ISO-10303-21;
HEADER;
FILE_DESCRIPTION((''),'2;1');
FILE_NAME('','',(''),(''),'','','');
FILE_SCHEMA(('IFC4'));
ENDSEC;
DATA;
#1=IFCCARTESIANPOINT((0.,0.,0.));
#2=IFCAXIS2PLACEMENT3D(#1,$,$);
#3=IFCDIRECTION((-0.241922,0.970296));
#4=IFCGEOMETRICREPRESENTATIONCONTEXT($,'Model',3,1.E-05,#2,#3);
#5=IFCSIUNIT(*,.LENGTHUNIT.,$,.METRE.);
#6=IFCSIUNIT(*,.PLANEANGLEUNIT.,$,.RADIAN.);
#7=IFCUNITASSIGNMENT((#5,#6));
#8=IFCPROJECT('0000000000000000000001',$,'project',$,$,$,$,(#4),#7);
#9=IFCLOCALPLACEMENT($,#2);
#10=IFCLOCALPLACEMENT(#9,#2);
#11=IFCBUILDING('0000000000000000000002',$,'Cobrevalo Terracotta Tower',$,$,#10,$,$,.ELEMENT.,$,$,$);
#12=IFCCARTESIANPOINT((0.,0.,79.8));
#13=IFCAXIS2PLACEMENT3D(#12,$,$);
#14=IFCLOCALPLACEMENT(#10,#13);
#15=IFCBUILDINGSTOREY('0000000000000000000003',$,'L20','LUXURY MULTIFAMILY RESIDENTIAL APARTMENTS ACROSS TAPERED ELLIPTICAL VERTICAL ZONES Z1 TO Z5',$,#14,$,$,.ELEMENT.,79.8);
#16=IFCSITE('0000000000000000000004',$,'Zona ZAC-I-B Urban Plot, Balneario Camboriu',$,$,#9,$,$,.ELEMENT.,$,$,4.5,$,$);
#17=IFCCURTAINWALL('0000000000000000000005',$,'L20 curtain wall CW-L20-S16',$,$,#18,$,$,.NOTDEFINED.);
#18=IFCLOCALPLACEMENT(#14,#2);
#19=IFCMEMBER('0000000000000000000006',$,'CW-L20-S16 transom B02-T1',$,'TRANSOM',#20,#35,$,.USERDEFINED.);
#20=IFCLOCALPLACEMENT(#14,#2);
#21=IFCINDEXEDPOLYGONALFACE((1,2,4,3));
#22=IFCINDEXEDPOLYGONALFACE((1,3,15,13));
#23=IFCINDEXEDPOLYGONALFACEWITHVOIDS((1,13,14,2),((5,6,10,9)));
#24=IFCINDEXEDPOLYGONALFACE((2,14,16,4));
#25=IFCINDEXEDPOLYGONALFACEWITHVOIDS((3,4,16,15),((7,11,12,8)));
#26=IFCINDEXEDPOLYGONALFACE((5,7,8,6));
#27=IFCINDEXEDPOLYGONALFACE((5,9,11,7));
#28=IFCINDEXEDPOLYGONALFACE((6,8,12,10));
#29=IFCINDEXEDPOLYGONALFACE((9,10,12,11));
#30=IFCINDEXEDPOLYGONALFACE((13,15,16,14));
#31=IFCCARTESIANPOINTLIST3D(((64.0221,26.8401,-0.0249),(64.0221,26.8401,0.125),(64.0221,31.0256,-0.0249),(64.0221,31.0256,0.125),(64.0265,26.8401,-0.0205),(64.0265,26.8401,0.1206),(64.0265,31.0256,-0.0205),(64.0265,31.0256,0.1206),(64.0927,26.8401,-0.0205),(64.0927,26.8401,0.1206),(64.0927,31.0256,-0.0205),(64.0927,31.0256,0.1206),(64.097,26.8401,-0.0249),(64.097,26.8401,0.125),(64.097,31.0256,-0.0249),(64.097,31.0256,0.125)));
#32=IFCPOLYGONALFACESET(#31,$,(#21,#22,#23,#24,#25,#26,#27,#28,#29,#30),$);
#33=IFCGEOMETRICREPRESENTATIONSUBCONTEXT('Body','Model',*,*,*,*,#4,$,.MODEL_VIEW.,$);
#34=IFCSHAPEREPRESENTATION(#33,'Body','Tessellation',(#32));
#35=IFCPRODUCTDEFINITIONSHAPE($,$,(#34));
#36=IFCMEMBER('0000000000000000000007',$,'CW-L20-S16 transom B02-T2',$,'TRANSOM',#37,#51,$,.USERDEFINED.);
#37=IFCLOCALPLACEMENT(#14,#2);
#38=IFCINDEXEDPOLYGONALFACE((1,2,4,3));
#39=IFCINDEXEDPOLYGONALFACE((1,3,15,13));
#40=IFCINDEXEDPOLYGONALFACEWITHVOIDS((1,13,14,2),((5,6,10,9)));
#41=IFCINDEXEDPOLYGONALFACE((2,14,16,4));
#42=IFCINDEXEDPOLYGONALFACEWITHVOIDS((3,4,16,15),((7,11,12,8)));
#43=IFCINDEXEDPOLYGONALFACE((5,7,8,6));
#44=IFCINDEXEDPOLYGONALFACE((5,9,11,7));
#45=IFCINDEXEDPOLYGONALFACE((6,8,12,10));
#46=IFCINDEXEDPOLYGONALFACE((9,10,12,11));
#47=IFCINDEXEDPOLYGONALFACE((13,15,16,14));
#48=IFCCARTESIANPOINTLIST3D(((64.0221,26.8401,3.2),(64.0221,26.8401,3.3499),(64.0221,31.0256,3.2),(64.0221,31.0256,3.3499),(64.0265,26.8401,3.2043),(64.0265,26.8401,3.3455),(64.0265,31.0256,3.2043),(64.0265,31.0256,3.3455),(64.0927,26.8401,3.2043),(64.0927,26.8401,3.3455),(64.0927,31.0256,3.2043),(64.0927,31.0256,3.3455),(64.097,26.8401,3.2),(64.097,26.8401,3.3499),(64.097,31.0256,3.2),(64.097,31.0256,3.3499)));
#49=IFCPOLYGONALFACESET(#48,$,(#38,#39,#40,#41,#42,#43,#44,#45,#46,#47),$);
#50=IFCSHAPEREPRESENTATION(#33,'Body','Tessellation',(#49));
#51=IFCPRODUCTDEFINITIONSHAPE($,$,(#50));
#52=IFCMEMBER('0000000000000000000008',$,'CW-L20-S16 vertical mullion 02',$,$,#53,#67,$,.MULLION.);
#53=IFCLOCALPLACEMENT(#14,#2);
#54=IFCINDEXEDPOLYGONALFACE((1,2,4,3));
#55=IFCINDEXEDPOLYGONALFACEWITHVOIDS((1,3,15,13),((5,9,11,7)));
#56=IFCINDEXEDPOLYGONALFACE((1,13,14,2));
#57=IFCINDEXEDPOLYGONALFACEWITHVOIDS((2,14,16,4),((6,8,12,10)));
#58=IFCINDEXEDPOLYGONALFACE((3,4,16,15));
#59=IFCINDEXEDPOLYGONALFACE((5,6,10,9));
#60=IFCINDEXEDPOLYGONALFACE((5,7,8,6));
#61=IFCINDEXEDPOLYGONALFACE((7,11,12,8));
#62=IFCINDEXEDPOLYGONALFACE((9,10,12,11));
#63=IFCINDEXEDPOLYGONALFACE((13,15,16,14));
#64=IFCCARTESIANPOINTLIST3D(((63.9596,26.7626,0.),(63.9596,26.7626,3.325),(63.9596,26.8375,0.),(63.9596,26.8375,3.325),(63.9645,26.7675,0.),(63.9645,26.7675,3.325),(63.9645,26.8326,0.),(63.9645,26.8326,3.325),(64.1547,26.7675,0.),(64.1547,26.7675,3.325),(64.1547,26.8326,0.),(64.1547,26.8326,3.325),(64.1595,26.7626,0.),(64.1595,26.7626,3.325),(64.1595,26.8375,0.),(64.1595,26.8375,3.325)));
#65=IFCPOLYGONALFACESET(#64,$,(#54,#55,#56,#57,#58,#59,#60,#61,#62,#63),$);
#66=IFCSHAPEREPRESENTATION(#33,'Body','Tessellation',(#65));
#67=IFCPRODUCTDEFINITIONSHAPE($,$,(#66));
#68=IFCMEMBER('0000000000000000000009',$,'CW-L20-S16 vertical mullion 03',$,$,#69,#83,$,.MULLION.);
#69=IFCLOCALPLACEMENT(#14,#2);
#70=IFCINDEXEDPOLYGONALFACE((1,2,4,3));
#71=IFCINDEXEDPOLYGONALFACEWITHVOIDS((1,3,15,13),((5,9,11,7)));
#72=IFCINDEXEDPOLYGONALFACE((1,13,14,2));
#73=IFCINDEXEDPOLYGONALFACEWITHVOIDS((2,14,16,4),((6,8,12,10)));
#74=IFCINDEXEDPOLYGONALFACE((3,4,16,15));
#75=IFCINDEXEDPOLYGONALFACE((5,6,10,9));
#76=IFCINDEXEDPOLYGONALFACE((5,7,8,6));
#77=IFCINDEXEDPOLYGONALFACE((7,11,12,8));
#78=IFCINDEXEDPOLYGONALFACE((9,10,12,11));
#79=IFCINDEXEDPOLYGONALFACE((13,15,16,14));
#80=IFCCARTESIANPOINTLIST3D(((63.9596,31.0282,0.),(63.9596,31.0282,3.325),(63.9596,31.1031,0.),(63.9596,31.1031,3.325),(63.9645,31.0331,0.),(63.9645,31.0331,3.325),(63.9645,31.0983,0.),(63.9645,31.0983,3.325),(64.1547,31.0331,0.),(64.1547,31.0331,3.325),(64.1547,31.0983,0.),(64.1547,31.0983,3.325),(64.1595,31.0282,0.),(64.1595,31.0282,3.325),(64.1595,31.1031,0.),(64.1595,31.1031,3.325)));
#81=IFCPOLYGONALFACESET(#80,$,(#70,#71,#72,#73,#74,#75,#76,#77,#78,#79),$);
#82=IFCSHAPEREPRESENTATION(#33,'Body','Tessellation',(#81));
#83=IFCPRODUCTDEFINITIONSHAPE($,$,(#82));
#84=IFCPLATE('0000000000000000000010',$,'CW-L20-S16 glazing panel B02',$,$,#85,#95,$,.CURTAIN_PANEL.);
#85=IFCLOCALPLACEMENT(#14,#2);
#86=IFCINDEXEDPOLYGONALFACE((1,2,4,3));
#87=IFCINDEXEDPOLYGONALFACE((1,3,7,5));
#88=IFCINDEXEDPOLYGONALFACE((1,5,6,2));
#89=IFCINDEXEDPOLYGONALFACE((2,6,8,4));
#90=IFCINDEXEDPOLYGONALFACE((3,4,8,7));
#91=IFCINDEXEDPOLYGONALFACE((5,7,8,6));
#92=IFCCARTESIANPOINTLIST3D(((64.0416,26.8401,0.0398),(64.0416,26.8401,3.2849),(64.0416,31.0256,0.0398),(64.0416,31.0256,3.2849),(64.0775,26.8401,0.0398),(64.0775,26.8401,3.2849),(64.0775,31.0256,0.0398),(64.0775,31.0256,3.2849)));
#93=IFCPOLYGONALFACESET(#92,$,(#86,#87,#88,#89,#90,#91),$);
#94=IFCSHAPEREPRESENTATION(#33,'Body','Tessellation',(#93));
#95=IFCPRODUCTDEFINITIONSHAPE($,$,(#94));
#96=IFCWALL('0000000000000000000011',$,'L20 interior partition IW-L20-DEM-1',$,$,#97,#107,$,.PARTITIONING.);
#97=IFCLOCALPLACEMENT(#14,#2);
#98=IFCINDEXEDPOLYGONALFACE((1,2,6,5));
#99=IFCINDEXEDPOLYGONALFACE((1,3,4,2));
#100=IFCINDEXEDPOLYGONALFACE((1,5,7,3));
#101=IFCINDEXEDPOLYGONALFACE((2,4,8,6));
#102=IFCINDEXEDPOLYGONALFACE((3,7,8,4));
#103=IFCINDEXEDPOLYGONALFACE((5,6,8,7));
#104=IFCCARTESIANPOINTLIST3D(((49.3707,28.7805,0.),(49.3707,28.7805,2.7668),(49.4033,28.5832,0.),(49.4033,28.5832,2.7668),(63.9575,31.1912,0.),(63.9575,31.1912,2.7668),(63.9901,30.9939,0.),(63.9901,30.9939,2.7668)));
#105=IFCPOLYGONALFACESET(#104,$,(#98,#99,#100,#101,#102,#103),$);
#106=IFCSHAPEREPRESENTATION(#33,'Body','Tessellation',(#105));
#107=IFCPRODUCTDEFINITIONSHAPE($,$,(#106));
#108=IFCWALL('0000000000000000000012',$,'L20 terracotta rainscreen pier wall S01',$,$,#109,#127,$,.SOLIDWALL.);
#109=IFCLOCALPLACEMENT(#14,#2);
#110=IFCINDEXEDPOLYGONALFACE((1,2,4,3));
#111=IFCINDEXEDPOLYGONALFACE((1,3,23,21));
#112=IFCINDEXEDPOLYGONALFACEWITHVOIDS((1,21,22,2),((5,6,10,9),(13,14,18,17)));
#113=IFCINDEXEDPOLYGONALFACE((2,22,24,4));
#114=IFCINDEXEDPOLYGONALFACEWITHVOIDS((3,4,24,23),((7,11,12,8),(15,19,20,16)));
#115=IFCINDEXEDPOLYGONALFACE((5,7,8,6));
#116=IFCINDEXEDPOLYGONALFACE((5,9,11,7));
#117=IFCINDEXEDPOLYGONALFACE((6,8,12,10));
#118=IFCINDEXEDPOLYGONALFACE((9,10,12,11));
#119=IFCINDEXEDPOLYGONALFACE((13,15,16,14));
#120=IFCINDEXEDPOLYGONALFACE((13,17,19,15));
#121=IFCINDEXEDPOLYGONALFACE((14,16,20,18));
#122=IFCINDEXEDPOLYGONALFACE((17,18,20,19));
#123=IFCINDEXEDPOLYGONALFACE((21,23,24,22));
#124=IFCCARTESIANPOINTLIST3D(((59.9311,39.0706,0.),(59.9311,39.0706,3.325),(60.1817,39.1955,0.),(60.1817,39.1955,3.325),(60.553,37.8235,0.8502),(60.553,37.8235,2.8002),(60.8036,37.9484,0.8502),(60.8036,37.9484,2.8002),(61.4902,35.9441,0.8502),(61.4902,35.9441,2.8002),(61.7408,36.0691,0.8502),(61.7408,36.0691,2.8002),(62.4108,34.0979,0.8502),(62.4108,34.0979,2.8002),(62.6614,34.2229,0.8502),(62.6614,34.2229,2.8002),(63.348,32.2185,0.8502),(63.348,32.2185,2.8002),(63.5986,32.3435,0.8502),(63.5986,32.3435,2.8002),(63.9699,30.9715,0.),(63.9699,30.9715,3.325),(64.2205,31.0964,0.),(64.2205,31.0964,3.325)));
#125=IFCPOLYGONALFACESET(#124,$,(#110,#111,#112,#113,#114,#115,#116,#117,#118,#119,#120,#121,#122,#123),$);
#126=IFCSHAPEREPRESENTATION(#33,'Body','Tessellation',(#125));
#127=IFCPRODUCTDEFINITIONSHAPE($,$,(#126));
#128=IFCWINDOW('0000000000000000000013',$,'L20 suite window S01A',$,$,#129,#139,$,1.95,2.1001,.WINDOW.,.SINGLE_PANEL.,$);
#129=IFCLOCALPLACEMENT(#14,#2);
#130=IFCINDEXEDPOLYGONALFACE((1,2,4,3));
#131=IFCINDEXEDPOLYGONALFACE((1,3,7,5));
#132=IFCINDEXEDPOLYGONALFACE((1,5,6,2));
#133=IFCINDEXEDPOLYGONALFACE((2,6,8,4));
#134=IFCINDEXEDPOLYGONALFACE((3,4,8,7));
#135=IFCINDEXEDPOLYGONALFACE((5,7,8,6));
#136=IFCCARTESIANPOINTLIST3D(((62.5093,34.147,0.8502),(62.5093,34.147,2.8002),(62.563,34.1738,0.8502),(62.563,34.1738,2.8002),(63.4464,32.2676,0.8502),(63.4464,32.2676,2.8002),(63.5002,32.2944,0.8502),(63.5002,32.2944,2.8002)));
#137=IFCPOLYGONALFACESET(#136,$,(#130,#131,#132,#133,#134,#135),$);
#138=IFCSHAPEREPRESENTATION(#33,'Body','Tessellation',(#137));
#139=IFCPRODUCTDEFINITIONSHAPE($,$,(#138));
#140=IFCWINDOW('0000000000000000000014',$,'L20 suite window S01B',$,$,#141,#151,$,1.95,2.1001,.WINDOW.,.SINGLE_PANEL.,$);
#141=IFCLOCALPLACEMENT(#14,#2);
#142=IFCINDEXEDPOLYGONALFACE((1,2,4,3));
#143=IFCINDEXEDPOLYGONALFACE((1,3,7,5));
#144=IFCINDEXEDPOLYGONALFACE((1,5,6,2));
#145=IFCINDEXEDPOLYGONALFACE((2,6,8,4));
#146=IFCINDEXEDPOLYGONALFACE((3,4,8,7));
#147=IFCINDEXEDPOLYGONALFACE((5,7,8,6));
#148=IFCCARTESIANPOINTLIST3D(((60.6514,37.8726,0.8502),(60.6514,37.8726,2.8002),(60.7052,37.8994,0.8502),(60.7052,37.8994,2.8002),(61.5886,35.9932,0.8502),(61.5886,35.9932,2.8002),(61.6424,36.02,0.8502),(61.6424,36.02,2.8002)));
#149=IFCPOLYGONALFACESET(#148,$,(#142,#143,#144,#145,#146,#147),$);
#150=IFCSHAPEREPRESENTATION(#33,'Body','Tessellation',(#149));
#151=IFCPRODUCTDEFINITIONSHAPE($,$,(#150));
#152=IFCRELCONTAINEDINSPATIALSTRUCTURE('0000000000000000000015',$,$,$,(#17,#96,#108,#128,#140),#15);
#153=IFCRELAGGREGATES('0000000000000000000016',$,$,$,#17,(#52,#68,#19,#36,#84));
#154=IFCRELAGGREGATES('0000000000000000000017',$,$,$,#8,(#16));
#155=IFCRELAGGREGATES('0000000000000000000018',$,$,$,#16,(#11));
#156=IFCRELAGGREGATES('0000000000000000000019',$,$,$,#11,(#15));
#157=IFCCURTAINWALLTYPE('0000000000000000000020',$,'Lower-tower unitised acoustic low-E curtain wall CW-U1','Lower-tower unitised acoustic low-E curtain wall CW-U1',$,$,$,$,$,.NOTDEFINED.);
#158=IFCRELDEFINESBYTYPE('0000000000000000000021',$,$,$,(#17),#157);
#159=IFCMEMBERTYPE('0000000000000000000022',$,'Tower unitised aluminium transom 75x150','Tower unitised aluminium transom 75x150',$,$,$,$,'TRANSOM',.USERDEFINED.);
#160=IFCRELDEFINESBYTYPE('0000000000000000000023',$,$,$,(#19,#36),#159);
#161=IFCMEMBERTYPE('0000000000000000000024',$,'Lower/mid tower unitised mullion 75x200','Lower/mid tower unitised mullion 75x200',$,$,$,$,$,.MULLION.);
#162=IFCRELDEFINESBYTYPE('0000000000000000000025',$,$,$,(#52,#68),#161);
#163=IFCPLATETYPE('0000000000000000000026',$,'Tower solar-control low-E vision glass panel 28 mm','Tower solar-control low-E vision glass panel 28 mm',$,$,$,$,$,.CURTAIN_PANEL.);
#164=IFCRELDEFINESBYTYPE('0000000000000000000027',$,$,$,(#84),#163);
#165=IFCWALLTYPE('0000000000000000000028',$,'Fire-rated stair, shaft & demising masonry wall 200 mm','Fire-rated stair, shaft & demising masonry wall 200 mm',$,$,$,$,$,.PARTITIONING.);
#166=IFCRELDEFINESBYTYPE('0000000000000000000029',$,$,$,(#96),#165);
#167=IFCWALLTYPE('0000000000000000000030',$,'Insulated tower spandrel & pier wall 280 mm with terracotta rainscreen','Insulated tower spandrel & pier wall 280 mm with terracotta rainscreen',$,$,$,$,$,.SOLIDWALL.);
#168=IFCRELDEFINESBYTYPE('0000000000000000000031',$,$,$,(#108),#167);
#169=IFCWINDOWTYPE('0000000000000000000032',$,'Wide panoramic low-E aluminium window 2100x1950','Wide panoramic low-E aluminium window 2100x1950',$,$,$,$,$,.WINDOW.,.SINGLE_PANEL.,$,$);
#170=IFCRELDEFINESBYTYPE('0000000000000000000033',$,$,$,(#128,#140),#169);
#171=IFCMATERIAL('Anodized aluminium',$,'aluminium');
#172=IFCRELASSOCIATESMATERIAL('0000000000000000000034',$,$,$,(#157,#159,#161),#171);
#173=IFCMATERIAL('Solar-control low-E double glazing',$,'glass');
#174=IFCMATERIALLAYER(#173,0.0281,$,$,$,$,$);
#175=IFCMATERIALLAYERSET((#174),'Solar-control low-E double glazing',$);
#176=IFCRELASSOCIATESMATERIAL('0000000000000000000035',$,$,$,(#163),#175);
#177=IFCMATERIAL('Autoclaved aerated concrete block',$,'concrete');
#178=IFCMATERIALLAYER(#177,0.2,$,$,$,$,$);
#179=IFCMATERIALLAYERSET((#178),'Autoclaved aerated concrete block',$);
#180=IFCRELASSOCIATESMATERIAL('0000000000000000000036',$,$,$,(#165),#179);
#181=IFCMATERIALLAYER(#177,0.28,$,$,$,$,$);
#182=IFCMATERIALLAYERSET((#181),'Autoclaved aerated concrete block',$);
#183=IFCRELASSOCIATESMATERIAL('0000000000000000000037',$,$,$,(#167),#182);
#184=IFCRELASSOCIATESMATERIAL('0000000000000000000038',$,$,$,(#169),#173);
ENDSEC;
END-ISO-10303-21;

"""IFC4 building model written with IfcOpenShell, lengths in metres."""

from ifc_helpers import new_model, si_unit, direction, frame, frame_2d, origin, origin_2d, place, context, subcontext, project, spatial, rectangle, hollow_rectangle, extrude, source, transform, mapped, material, layer, layer_set, material_profile, profile_set, type_object, element, fill, aggregate, save


model = new_model("IFC4")

# Units and contexts
model_context = context("Model", 3, precision=1e-05, world=origin(), true_north=direction((-0.241922, 0.970296)))
body_context = subcontext(model_context, "Body", "Model", "MODEL_VIEW")
ifc_project = project(units=[si_unit("LENGTHUNIT", "METRE"), si_unit("PLANEANGLEUNIT", "RADIAN")], contexts=[model_context])

# Site, building, storey
site_placement = place(None, origin())
site = spatial("IfcSite", under=ifc_project, at=site_placement, Name="Zona ZAC-I-B Urban Plot, Balneario Camboriu", CompositionType="ELEMENT", RefElevation=4.5)
building_placement = place(site_placement, origin())
building = spatial("IfcBuilding", under=site, at=building_placement, Name="Cobrevalo Terracotta Tower", CompositionType="ELEMENT")
storey_placement = place(building_placement, frame((0.0, 0.0, 79.8)))
storey = spatial("IfcBuildingStorey", under=building, at=storey_placement, Name="L20", Description="LUXURY MULTIFAMILY RESIDENTIAL APARTMENTS ACROSS TAPERED ELLIPTICAL VERTICAL ZONES Z1 TO Z5", CompositionType="ELEMENT", Elevation=79.8)

# Curtain wall, members, plate
ifc_material_1 = material(Name="Anodized aluminium", Category="aluminium")
curtain_wall_type = type_object("IfcCurtainWallType", Name="Lower-tower unitised acoustic low-E curtain wall CW-U1", Description="Lower-tower unitised acoustic low-E curtain wall CW-U1", PredefinedType="NOTDEFINED", material=ifc_material_1)
curtain_wall_placement = place(storey_placement, origin())
curtain_wall = element("IfcCurtainWall", 1, at=curtain_wall_placement, inside=storey, type_object=curtain_wall_type, Name="L20 curtain wall CW-L20-S16", PredefinedType="NOTDEFINED")
ifc_material_profile_1 = material_profile(ifc_material_1, hollow_rectangle(XDim=0.075, YDim=0.1499, WallThickness=0.0044, at=origin_2d()), Name="CWT 75x150")
ifc_profile_set_1 = profile_set([ifc_material_profile_1], Name="Anodized aluminium")
member_type_1 = type_object("IfcMemberType", Name="Tower unitised aluminium transom 75x150", Description="Tower unitised aluminium transom 75x150", ElementType="TRANSOM", PredefinedType="USERDEFINED", material=ifc_profile_set_1)
shared_shape_1 = source(origin(), body_context, "Body", "SweptSolid", [
    extrude(hollow_rectangle(XDim=0.075, YDim=0.1499, WallThickness=0.0044, at=origin_2d()), origin(), (0.0, 0.0, 1.0), 4.1855),
])
member_1_placement = place(storey_placement, frame((64.0596, 26.8401, 0.05), z_axis=(0.0, 1.0, 0.0), x_axis=(-1.0, 0.0, 0.0)))
member_1 = element("IfcMember", 2, at=member_1_placement, type_object=member_type_1, Name="CW-L20-S16 transom B02-T1", ObjectType="TRANSOM", PredefinedType="USERDEFINED", context=body_context, shape_type="MappedRepresentation", body=[
    mapped(shared_shape_1, transform((0.0, 0.0, 0.0), scale=1.0)),
])
member_2_placement = place(storey_placement, frame((64.0596, 26.8401, 3.2749), z_axis=(0.0, 1.0, 0.0), x_axis=(-1.0, 0.0, 0.0)))
member_2 = element("IfcMember", 3, at=member_2_placement, type_object=member_type_1, Name="CW-L20-S16 transom B02-T2", ObjectType="TRANSOM", PredefinedType="USERDEFINED", context=body_context, shape_type="MappedRepresentation", body=[
    mapped(shared_shape_1, transform((0.0, 0.0, 0.0), scale=1.0)),
])
ifc_material_profile_2 = material_profile(ifc_material_1, hollow_rectangle(XDim=0.075, YDim=0.2, WallThickness=0.0049, at=origin_2d()), Name="CWM 75x200")
ifc_profile_set_2 = profile_set([ifc_material_profile_2], Name="Anodized aluminium")
member_type_2 = type_object("IfcMemberType", Name="Lower/mid tower unitised mullion 75x200", Description="Lower/mid tower unitised mullion 75x200", PredefinedType="MULLION", material=ifc_profile_set_2)
shared_shape_2 = source(origin(), body_context, "Body", "SweptSolid", [
    extrude(hollow_rectangle(XDim=0.075, YDim=0.2, WallThickness=0.0049, at=origin_2d()), origin(), (0.0, 0.0, 1.0), 3.325),
])
member_3_placement = place(storey_placement, frame((64.0596, 26.8, 0.0), z_axis=(0.0, 0.0, 1.0), x_axis=(0.0, 1.0, 0.0)))
member_3 = element("IfcMember", 4, at=member_3_placement, type_object=member_type_2, Name="CW-L20-S16 vertical mullion 02", PredefinedType="MULLION", context=body_context, shape_type="MappedRepresentation", body=[
    mapped(shared_shape_2, transform((0.0, 0.0, 0.0), scale=1.0)),
])
member_4_placement = place(storey_placement, frame((64.0596, 31.0657, 0.0), z_axis=(0.0, 0.0, 1.0), x_axis=(0.0, 1.0, 0.0)))
member_4 = element("IfcMember", 5, at=member_4_placement, type_object=member_type_2, Name="CW-L20-S16 vertical mullion 03", PredefinedType="MULLION", context=body_context, shape_type="MappedRepresentation", body=[
    mapped(shared_shape_2, transform((0.0, 0.0, 0.0), scale=1.0)),
])
ifc_material_2 = material(Name="Solar-control low-E double glazing", Category="glass")
ifc_layer_1 = layer(ifc_material_2, 0.0281)
ifc_layer_set_1 = layer_set([ifc_layer_1], Name="Solar-control low-E double glazing")
plate_type = type_object("IfcPlateType", Name="Tower solar-control low-E vision glass panel 28 mm", Description="Tower solar-control low-E vision glass panel 28 mm", PredefinedType="CURTAIN_PANEL", material=ifc_layer_set_1)
shared_shape_3 = source(origin(), body_context, "Body", "SweptSolid", [
    extrude(rectangle(XDim=4.1855, YDim=0.0359, at=origin_2d()), origin(), (0.0, 0.0, 1.0), 3.2451),
])
plate_placement = place(storey_placement, frame((64.0596, 28.9329, 0.0398), z_axis=(0.0, 0.0, 1.0), x_axis=(0.0, 1.0, 0.0)))
plate = element("IfcPlate", 6, at=plate_placement, type_object=plate_type, Name="CW-L20-S16 glazing panel B02", PredefinedType="CURTAIN_PANEL", context=body_context, shape_type="MappedRepresentation", body=[
    mapped(shared_shape_3, transform((0.0, 0.0, 0.0), scale=1.0)),
])
aggregate(curtain_wall, [member_3, member_4, member_1, member_2, plate])

# Wall
ifc_material_3 = material(Name="Autoclaved aerated concrete block", Category="concrete")
ifc_layer_2 = layer(ifc_material_3, 0.2)
ifc_layer_set_2 = layer_set([ifc_layer_2], Name="Autoclaved aerated concrete block")
wall_type_1 = type_object("IfcWallType", Name="Fire-rated stair, shaft & demising masonry wall 200 mm", Description="Fire-rated stair, shaft & demising masonry wall 200 mm", PredefinedType="PARTITIONING", material=ifc_layer_set_2)
wall_1_placement = place(storey_placement, frame((49.387, 28.6819, 0.0), z_axis=(0.0, 0.0, 1.0), x_axis=(0.986618, 0.163049, 0.0)))
element("IfcWall", 7, at=wall_1_placement, inside=storey, type_object=wall_type_1, Name="L20 interior partition IW-L20-DEM-1", PredefinedType="PARTITIONING", context=body_context, shape_type="SweptSolid", body=[
    extrude(rectangle(XDim=14.7847, YDim=0.2, at=frame_2d((7.3923, 0.0))), origin(), (0.0, 0.0, 1.0), 2.7668),
])

# Wall, openings, windows
ifc_layer_3 = layer(ifc_material_3, 0.28)
ifc_layer_set_3 = layer_set([ifc_layer_3], Name="Autoclaved aerated concrete block")
wall_type_2 = type_object("IfcWallType", Name="Insulated tower spandrel & pier wall 280 mm with terracotta rainscreen", Description="Insulated tower spandrel & pier wall 280 mm with terracotta rainscreen", PredefinedType="SOLIDWALL", material=ifc_layer_set_3)
wall_2_placement = place(storey_placement, frame((64.0952, 31.0339, 0.0), z_axis=(0.0, 0.0, 1.0), x_axis=(-0.446264, 0.894901, 0.0)))
wall_2 = element("IfcWall", 8, at=wall_2_placement, inside=storey, type_object=wall_type_2, Name="L20 terracotta rainscreen pier wall S01", PredefinedType="SOLIDWALL", context=body_context, shape_type="SweptSolid", body=[
    extrude(rectangle(XDim=9.0503, YDim=0.28, at=frame_2d((4.5251, 0.0))), origin(), (0.0, 0.0, 1.0), 3.325),
])
opening_1_placement = place(wall_2_placement, frame((1.3936, 0.0, 0.8501)))
opening_1 = element("IfcOpeningElement", 9, at=opening_1_placement, cuts=wall_2, PredefinedType="OPENING", context=body_context, shape_type="SweptSolid", body=[
    extrude(rectangle(XDim=2.1001, YDim=1.95, at=frame_2d((1.05, 0.9751))), frame((0.0, 0.1499, 0.0), z_axis=(0.0, -1.0, 0.0), x_axis=(1.0, 0.0, 0.0)), (0.0, 0.0, 1.0), 0.3),
])
opening_2_placement = place(wall_2_placement, frame((5.5566, 0.0, 0.8501)))
opening_2 = element("IfcOpeningElement", 10, at=opening_2_placement, cuts=wall_2, PredefinedType="OPENING", context=body_context, shape_type="SweptSolid", body=[
    extrude(rectangle(XDim=2.1001, YDim=1.95, at=frame_2d((1.05, 0.9751))), frame((0.0, 0.1499, 0.0), z_axis=(0.0, -1.0, 0.0), x_axis=(1.0, 0.0, 0.0)), (0.0, 0.0, 1.0), 0.3),
])
window_type = type_object("IfcWindowType", Name="Wide panoramic low-E aluminium window 2100x1950", Description="Wide panoramic low-E aluminium window 2100x1950", PartitioningType="SINGLE_PANEL", PredefinedType="WINDOW", material=ifc_material_2)
shared_shape_4 = source(origin(), body_context, "Body", "SweptSolid", [
    extrude(rectangle(XDim=2.1001, YDim=1.95, at=frame_2d((1.05, 0.9751))), frame((0.0, 0.03, 0.0), z_axis=(0.0, -1.0, 0.0), x_axis=(1.0, 0.0, 0.0)), (0.0, 0.0, 1.0), 0.0601),
])
window_1_placement = place(opening_1_placement, origin())
window_1 = element("IfcWindow", 11, at=window_1_placement, inside=storey, type_object=window_type, Name="L20 suite window S01A", OverallHeight=1.95, OverallWidth=2.1001, PartitioningType="SINGLE_PANEL", PredefinedType="WINDOW", context=body_context, shape_type="MappedRepresentation", body=[
    mapped(shared_shape_4, transform((0.0, 0.0, 0.0), scale=1.0)),
])
fill(opening_1, window_1)
window_2_placement = place(opening_2_placement, origin())
window_2 = element("IfcWindow", 12, at=window_2_placement, inside=storey, type_object=window_type, Name="L20 suite window S01B", OverallHeight=1.95, OverallWidth=2.1001, PartitioningType="SINGLE_PANEL", PredefinedType="WINDOW", context=body_context, shape_type="MappedRepresentation", body=[
    mapped(shared_shape_4, transform((0.0, 0.0, 0.0), scale=1.0)),
])
fill(opening_2, window_2)

save(model, "model.ifc")
